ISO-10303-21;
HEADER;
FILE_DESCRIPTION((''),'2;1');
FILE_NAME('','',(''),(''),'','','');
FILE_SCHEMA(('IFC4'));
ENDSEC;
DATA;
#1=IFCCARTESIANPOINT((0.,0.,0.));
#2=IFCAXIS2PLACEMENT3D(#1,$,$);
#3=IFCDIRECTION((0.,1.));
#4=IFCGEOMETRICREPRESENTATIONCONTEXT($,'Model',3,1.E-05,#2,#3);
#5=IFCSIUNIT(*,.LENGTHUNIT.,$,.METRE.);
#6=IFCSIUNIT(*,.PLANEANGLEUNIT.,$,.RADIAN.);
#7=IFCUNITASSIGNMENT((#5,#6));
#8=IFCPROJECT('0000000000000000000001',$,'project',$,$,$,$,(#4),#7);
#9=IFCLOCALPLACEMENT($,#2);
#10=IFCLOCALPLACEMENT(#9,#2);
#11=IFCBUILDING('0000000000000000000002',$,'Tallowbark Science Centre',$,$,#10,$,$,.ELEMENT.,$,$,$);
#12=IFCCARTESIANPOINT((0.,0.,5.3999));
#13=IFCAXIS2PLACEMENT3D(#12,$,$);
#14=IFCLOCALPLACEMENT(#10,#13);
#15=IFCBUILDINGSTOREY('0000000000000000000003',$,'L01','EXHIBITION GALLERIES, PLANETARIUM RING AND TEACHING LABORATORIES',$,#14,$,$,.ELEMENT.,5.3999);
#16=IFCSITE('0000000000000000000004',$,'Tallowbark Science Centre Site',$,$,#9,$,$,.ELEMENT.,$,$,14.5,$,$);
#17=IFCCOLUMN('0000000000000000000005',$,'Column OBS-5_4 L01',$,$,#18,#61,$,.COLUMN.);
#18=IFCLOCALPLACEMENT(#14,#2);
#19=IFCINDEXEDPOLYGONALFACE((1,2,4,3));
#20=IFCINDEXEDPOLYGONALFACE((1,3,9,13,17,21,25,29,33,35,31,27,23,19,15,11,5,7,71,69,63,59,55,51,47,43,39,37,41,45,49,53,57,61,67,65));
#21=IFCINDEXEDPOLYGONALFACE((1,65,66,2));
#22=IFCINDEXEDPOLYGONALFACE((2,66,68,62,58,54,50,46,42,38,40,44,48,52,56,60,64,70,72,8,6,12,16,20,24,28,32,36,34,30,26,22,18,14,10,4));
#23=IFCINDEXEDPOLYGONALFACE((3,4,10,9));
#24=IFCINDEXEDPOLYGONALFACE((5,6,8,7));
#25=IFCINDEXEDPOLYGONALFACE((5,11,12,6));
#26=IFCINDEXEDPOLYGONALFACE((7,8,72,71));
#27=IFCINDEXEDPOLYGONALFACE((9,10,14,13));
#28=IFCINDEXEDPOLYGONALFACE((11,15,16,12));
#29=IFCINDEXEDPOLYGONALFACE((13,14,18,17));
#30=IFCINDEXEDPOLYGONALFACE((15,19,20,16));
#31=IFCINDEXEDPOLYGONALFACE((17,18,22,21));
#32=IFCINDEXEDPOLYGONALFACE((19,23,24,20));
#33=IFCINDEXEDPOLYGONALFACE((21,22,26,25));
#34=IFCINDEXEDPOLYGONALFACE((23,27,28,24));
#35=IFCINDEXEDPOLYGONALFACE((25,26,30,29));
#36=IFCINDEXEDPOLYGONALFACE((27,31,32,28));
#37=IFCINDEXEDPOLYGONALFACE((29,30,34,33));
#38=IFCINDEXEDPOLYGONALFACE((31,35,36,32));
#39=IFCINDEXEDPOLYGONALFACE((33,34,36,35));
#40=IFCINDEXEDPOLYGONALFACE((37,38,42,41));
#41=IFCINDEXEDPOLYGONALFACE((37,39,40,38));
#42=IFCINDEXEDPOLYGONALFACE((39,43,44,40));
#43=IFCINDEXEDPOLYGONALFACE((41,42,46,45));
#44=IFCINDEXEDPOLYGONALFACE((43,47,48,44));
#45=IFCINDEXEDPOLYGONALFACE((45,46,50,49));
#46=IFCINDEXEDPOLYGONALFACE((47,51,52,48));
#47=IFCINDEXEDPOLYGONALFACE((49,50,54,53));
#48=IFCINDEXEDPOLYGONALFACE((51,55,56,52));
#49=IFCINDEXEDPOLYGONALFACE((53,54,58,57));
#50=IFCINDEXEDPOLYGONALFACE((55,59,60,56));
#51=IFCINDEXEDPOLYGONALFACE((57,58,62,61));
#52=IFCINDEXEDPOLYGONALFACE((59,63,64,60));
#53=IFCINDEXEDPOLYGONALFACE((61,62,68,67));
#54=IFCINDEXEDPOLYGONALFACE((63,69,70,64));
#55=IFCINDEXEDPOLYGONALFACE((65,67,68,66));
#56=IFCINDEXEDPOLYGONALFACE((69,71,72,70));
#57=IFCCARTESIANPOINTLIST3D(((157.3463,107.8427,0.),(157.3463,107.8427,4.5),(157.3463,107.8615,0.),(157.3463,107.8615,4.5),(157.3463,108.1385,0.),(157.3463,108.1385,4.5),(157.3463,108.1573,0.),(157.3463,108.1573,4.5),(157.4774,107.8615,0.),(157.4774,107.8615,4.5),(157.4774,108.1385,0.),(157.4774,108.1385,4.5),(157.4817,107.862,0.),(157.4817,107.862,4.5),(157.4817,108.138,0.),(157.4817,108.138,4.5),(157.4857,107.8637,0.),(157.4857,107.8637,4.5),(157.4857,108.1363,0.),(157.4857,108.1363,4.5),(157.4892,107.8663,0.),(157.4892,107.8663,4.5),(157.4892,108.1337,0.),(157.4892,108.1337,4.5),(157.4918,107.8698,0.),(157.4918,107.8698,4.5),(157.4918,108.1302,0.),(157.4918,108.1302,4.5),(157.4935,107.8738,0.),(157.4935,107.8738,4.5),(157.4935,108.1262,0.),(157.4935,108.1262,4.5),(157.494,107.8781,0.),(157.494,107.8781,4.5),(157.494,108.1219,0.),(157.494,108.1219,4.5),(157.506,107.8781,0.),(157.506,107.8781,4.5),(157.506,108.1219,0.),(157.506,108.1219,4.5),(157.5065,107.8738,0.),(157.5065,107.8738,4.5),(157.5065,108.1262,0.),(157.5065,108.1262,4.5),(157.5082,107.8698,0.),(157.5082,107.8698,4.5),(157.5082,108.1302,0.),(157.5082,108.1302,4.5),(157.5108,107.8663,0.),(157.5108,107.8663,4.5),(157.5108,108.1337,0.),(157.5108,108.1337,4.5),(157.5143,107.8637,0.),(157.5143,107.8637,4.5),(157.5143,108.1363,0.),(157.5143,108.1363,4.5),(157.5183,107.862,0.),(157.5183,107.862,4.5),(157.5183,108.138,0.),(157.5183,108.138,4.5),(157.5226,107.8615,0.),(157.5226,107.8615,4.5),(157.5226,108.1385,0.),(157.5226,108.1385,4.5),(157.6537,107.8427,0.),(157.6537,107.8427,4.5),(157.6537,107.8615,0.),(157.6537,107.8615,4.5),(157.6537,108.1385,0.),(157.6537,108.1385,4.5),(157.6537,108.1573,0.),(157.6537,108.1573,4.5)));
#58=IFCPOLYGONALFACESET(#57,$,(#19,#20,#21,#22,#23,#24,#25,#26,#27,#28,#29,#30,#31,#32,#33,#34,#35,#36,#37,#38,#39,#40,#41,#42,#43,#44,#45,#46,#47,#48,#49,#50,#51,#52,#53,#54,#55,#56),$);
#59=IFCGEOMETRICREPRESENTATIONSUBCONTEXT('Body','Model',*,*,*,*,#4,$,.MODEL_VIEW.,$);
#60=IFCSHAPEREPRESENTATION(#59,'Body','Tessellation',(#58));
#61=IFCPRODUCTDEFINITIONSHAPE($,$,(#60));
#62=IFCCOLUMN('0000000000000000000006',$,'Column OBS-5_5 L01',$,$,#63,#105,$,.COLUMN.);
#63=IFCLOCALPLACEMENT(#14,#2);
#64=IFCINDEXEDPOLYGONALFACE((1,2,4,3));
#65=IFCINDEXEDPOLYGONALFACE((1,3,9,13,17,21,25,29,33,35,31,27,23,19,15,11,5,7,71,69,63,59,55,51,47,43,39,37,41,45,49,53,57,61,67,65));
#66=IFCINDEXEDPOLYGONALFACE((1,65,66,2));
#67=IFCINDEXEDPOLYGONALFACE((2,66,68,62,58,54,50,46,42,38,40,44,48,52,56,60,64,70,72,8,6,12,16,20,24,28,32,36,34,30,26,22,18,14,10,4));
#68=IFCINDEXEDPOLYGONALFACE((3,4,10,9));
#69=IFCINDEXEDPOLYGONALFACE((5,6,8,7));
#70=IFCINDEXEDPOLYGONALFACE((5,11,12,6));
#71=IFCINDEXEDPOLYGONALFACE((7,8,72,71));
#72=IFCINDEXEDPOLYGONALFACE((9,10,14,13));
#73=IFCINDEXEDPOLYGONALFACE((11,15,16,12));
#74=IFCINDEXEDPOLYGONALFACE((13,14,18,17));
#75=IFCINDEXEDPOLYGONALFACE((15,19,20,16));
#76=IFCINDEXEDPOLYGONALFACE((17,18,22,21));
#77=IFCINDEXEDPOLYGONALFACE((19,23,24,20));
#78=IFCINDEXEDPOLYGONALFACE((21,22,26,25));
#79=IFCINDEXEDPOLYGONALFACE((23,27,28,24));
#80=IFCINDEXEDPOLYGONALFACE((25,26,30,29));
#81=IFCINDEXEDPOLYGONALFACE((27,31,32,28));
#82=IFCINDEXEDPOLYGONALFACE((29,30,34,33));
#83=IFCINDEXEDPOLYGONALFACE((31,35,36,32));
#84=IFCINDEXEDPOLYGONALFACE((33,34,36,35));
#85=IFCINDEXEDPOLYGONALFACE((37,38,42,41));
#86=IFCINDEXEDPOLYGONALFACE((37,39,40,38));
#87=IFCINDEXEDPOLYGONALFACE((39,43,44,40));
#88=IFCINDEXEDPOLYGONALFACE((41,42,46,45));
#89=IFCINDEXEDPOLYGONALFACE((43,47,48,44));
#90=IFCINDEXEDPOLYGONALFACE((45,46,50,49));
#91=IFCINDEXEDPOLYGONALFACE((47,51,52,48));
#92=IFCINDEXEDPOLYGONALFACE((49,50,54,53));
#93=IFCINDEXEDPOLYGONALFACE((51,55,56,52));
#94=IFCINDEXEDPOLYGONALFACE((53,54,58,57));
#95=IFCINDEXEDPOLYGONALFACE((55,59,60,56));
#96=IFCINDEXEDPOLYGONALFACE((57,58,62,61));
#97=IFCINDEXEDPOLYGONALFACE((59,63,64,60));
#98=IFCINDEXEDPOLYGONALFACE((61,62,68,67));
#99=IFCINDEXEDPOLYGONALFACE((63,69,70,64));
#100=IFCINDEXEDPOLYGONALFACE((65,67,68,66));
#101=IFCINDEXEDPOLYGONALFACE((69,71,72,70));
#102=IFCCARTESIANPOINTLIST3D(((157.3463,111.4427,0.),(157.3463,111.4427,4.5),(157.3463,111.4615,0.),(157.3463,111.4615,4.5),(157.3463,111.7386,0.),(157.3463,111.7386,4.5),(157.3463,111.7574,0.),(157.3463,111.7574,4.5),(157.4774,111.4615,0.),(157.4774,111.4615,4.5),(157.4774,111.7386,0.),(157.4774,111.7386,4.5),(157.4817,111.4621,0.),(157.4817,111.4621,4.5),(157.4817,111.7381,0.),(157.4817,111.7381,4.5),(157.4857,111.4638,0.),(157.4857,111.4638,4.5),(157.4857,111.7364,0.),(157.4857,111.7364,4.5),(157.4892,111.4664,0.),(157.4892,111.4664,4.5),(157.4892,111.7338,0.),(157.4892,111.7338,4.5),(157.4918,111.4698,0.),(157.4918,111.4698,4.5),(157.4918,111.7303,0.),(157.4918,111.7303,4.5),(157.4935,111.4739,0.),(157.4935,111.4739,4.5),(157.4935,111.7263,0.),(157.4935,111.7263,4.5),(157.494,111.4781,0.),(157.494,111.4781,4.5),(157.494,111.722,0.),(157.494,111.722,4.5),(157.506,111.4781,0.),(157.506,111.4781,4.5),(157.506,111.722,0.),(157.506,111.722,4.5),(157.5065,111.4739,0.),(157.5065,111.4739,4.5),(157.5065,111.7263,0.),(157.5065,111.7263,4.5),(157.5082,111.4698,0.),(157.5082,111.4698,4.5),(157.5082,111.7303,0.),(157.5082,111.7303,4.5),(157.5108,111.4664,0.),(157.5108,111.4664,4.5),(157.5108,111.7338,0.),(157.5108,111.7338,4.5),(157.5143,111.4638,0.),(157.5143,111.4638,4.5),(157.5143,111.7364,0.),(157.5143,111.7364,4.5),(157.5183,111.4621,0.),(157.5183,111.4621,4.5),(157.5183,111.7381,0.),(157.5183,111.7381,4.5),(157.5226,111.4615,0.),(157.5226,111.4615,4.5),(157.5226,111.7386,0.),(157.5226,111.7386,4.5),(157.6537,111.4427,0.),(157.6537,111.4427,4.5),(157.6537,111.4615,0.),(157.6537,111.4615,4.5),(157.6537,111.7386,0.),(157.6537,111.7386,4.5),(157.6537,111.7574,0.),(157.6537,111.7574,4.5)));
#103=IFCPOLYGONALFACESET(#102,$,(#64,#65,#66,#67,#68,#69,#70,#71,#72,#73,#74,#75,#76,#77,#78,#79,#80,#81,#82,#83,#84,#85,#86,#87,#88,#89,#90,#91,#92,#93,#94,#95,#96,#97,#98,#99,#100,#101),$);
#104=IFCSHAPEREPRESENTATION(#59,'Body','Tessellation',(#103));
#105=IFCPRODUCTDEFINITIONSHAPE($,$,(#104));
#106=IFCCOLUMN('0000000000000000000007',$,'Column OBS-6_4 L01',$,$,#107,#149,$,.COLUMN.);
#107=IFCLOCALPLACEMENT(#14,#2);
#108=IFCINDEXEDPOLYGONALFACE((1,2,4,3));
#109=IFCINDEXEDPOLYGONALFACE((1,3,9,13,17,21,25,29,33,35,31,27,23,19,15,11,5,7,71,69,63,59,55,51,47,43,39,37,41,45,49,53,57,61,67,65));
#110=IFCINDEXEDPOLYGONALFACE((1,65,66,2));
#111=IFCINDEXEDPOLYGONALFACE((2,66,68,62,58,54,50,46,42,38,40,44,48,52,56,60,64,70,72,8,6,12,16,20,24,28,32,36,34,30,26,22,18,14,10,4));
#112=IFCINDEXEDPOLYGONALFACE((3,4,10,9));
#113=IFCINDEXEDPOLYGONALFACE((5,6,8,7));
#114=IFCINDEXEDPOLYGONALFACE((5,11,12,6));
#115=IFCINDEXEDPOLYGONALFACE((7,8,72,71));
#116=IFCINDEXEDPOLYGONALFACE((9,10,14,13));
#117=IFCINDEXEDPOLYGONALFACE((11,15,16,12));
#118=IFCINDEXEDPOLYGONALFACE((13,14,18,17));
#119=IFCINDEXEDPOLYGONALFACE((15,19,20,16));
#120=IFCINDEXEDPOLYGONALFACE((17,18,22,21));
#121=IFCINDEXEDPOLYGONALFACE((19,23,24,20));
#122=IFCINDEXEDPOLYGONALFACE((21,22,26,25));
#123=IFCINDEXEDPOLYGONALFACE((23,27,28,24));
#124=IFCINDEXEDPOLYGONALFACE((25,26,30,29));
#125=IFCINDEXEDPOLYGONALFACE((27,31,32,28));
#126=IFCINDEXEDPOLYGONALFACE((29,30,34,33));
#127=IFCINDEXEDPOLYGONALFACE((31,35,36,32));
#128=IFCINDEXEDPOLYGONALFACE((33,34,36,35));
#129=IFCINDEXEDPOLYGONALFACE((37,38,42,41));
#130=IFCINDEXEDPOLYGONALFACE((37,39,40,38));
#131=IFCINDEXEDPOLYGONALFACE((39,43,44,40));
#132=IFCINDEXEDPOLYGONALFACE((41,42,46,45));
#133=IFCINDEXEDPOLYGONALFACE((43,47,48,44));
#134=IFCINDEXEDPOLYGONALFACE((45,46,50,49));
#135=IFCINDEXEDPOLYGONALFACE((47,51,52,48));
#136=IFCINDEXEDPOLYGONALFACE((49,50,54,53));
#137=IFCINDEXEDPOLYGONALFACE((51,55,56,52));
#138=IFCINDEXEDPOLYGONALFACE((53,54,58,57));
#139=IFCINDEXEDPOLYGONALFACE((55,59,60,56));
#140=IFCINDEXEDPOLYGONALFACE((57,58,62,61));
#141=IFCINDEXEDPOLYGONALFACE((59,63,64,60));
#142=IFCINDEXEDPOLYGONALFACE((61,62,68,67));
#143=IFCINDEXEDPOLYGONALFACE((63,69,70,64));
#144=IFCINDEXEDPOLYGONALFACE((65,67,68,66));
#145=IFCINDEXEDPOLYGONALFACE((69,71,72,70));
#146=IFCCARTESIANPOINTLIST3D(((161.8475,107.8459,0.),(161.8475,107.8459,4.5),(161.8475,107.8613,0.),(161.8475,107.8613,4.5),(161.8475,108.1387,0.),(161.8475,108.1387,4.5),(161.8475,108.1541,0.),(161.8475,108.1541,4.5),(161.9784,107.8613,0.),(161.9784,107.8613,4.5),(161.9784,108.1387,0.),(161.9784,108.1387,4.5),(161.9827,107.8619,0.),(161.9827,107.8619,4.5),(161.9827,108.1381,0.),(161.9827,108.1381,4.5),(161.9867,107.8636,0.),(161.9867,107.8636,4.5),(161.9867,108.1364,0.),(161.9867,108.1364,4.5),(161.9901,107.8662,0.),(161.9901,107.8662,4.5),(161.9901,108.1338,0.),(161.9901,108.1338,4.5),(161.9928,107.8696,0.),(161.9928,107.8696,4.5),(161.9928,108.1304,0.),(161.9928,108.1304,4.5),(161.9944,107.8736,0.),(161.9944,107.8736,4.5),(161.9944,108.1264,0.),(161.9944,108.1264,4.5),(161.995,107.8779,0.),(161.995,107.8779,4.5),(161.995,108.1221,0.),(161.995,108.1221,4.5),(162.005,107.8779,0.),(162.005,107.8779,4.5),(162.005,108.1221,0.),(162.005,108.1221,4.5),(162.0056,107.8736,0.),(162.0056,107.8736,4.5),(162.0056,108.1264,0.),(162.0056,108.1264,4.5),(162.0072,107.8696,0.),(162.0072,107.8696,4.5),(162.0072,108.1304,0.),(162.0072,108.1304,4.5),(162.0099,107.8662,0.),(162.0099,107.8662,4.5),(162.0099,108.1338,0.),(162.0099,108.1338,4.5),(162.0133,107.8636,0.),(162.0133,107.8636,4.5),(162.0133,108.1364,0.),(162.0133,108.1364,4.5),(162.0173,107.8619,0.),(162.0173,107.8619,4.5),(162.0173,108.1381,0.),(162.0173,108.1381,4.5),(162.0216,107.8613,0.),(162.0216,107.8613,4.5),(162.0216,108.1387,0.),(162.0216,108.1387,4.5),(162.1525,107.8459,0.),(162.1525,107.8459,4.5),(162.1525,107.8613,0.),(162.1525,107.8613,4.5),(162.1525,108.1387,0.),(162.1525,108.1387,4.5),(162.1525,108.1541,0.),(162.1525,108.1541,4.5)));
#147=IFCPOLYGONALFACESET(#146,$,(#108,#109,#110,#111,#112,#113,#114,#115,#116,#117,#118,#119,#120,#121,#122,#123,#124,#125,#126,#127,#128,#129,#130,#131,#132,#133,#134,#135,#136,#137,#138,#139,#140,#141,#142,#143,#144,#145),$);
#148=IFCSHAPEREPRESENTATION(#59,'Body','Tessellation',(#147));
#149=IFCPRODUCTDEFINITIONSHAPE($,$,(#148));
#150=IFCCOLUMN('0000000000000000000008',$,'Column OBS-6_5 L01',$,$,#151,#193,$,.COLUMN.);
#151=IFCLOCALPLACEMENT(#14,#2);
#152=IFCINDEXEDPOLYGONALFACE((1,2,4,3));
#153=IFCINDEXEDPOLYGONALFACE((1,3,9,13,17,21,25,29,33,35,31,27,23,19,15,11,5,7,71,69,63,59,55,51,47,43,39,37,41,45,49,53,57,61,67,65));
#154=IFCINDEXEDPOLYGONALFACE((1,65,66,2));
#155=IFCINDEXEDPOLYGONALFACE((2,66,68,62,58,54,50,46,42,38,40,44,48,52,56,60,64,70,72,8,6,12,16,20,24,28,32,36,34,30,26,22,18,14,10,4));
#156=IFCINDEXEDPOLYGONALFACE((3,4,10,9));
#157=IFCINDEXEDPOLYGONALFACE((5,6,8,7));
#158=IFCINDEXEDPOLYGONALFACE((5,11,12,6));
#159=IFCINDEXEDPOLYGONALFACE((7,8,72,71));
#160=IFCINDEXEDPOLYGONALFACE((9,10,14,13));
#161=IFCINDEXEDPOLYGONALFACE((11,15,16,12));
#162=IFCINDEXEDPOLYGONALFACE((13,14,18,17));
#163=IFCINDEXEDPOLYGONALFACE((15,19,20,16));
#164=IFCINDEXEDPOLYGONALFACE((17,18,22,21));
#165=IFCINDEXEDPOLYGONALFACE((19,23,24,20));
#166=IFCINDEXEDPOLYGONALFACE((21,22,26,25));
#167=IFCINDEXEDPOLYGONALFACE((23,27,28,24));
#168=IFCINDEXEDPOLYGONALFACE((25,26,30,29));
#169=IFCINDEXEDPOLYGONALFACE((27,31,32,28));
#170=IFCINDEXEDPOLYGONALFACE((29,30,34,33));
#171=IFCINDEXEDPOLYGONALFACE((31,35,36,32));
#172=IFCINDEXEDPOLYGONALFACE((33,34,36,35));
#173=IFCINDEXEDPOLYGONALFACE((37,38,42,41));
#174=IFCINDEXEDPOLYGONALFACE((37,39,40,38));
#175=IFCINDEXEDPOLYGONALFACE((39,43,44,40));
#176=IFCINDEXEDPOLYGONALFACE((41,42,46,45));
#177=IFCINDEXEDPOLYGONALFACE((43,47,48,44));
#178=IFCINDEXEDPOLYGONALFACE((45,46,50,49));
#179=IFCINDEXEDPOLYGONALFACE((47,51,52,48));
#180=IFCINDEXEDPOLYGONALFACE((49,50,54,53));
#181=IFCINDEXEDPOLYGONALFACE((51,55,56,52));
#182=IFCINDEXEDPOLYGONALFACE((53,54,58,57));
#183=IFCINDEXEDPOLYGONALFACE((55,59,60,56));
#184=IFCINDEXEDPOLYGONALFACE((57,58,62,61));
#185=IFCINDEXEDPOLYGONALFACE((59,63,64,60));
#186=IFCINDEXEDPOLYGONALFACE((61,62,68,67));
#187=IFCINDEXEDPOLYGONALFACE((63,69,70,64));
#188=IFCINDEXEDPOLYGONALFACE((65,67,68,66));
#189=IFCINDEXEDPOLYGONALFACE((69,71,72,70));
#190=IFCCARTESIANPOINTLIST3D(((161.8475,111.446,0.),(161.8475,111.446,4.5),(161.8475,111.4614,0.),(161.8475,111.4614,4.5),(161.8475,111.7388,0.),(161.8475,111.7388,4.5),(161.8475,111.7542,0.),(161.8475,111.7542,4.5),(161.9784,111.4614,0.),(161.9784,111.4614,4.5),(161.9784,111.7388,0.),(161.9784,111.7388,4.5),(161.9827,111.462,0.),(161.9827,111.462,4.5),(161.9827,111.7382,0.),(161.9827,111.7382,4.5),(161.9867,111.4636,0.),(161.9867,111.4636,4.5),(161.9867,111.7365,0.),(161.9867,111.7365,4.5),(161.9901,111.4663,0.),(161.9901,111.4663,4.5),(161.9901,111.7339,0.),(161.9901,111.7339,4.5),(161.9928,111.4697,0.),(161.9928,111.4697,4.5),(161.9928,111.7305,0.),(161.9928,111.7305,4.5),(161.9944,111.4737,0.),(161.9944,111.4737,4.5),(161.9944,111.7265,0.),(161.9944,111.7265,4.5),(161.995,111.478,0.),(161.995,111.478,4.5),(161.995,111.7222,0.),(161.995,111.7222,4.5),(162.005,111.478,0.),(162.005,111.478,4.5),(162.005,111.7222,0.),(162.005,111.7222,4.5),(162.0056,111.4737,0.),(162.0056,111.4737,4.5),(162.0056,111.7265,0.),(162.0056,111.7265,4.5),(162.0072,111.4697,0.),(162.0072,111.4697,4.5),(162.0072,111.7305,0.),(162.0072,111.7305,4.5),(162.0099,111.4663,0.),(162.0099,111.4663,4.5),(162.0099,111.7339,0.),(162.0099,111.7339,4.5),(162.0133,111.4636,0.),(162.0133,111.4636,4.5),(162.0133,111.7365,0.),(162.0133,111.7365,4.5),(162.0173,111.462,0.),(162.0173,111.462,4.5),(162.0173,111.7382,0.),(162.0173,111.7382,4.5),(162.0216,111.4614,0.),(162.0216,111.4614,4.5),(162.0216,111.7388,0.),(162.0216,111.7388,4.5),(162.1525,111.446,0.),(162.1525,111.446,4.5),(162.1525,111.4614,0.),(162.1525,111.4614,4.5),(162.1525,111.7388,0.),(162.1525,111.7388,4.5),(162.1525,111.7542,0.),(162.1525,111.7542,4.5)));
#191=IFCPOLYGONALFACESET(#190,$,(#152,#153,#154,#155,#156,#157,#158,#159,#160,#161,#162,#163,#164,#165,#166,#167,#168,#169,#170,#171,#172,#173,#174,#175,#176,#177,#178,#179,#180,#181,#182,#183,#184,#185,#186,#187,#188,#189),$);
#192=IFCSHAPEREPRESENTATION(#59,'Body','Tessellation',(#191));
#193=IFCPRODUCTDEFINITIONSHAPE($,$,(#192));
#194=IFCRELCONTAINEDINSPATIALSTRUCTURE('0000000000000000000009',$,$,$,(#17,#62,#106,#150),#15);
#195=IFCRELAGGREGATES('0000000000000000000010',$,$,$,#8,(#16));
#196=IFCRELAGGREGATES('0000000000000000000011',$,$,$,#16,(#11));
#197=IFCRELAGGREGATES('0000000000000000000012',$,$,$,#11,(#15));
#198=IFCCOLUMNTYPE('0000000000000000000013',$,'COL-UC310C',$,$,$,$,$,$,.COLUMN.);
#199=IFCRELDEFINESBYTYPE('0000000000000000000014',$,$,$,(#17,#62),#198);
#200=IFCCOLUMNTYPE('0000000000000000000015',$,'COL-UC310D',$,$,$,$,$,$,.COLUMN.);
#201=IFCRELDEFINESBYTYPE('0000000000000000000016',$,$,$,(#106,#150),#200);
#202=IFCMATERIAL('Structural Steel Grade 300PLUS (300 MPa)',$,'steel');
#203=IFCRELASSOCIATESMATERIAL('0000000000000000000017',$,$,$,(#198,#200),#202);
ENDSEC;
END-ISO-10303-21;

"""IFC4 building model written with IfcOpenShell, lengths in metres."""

from ifc_helpers import new_model, si_unit, direction, frame, origin, origin_2d, place, context, subcontext, project, spatial, i_section, extrude, material, material_profile, profile_set, type_object, element, save


model = new_model("IFC4")

# Units and contexts
model_context = context("Model", 3, precision=1e-05, world=origin(), true_north=direction((0.0, 1.0)))
body_context = subcontext(model_context, "Body", "Model", "MODEL_VIEW")
ifc_project = project(units=[si_unit("LENGTHUNIT", "METRE"), si_unit("PLANEANGLEUNIT", "RADIAN")], contexts=[model_context])

# Site, building, storey
site_placement = place(None, origin())
site = spatial("IfcSite", under=ifc_project, at=site_placement, Name="Tallowbark Science Centre Site", CompositionType="ELEMENT", RefElevation=14.5)
building_placement = place(site_placement, origin())
building = spatial("IfcBuilding", under=site, at=building_placement, Name="Tallowbark Science Centre", CompositionType="ELEMENT")
storey_placement = place(building_placement, frame((0.0, 0.0, 5.3999)))
storey = spatial("IfcBuildingStorey", under=building, at=storey_placement, Name="L01", Description="EXHIBITION GALLERIES, PLANETARIUM RING AND TEACHING LABORATORIES", CompositionType="ELEMENT", Elevation=5.3999)

# Columns
ifc_material_1 = material(Name="Structural Steel Grade 300PLUS (300 MPa)", Category="steel")
ifc_material_profile_1 = material_profile(ifc_material_1, i_section(OverallWidth=0.3074, OverallDepth=0.3147, WebThickness=0.012, FlangeThickness=0.0188, FilletRadius=0.0166, at=origin_2d()), Name="310UC118")
ifc_profile_set_1 = profile_set([ifc_material_profile_1], Name="Structural Steel Grade 300PLUS (300 MPa)")
column_type_1 = type_object("IfcColumnType", Name="COL-UC310C", PredefinedType="COLUMN", material=ifc_profile_set_1)
for number, where, z_axis, x_axis, name in (
    (1, (157.5, 108.0, 0.0), (0.0, 0.0, 1.0), (1.0, 0.0, 0.0), "Column OBS-5_4 L01"),
    (2, (157.5, 111.6001, 0.0), (0.0, 0.0, 1.0), (1.0, 0.0, 0.0), "Column OBS-5_5 L01"),
):
    element("IfcColumn", number, at=place(storey_placement, frame(where, z_axis=z_axis, x_axis=x_axis)), inside=storey, type_object=column_type_1, Name=name, PredefinedType="COLUMN", context=body_context, shape_type="SweptSolid", body=[
        extrude(i_section(OverallWidth=0.3074, OverallDepth=0.3147, WebThickness=0.012, FlangeThickness=0.0188, FilletRadius=0.0166, at=origin_2d()), origin(), (0.0, 0.0, 1.0), 4.5),
    ])
ifc_material_profile_2 = material_profile(ifc_material_1, i_section(OverallWidth=0.3049, OverallDepth=0.3081, WebThickness=0.01, FlangeThickness=0.0154, FilletRadius=0.0166, at=origin_2d()), Name="310UC96.8")
ifc_profile_set_2 = profile_set([ifc_material_profile_2], Name="Structural Steel Grade 300PLUS (300 MPa)")
column_type_2 = type_object("IfcColumnType", Name="COL-UC310D", PredefinedType="COLUMN", material=ifc_profile_set_2)
for number, where, z_axis, x_axis, name in (
    (3, (162.0, 108.0, 0.0), (0.0, 0.0, 1.0), (1.0, 0.0, 0.0), "Column OBS-6_4 L01"),
    (4, (162.0, 111.6001, 0.0), (0.0, 0.0, 1.0), (1.0, 0.0, 0.0), "Column OBS-6_5 L01"),
):
    element("IfcColumn", number, at=place(storey_placement, frame(where, z_axis=z_axis, x_axis=x_axis)), inside=storey, type_object=column_type_2, Name=name, PredefinedType="COLUMN", context=body_context, shape_type="SweptSolid", body=[
        extrude(i_section(OverallWidth=0.3049, OverallDepth=0.3081, WebThickness=0.01, FlangeThickness=0.0154, FilletRadius=0.0166, at=origin_2d()), origin(), (0.0, 0.0, 1.0), 4.5),
    ])

save(model, "model.ifc")
